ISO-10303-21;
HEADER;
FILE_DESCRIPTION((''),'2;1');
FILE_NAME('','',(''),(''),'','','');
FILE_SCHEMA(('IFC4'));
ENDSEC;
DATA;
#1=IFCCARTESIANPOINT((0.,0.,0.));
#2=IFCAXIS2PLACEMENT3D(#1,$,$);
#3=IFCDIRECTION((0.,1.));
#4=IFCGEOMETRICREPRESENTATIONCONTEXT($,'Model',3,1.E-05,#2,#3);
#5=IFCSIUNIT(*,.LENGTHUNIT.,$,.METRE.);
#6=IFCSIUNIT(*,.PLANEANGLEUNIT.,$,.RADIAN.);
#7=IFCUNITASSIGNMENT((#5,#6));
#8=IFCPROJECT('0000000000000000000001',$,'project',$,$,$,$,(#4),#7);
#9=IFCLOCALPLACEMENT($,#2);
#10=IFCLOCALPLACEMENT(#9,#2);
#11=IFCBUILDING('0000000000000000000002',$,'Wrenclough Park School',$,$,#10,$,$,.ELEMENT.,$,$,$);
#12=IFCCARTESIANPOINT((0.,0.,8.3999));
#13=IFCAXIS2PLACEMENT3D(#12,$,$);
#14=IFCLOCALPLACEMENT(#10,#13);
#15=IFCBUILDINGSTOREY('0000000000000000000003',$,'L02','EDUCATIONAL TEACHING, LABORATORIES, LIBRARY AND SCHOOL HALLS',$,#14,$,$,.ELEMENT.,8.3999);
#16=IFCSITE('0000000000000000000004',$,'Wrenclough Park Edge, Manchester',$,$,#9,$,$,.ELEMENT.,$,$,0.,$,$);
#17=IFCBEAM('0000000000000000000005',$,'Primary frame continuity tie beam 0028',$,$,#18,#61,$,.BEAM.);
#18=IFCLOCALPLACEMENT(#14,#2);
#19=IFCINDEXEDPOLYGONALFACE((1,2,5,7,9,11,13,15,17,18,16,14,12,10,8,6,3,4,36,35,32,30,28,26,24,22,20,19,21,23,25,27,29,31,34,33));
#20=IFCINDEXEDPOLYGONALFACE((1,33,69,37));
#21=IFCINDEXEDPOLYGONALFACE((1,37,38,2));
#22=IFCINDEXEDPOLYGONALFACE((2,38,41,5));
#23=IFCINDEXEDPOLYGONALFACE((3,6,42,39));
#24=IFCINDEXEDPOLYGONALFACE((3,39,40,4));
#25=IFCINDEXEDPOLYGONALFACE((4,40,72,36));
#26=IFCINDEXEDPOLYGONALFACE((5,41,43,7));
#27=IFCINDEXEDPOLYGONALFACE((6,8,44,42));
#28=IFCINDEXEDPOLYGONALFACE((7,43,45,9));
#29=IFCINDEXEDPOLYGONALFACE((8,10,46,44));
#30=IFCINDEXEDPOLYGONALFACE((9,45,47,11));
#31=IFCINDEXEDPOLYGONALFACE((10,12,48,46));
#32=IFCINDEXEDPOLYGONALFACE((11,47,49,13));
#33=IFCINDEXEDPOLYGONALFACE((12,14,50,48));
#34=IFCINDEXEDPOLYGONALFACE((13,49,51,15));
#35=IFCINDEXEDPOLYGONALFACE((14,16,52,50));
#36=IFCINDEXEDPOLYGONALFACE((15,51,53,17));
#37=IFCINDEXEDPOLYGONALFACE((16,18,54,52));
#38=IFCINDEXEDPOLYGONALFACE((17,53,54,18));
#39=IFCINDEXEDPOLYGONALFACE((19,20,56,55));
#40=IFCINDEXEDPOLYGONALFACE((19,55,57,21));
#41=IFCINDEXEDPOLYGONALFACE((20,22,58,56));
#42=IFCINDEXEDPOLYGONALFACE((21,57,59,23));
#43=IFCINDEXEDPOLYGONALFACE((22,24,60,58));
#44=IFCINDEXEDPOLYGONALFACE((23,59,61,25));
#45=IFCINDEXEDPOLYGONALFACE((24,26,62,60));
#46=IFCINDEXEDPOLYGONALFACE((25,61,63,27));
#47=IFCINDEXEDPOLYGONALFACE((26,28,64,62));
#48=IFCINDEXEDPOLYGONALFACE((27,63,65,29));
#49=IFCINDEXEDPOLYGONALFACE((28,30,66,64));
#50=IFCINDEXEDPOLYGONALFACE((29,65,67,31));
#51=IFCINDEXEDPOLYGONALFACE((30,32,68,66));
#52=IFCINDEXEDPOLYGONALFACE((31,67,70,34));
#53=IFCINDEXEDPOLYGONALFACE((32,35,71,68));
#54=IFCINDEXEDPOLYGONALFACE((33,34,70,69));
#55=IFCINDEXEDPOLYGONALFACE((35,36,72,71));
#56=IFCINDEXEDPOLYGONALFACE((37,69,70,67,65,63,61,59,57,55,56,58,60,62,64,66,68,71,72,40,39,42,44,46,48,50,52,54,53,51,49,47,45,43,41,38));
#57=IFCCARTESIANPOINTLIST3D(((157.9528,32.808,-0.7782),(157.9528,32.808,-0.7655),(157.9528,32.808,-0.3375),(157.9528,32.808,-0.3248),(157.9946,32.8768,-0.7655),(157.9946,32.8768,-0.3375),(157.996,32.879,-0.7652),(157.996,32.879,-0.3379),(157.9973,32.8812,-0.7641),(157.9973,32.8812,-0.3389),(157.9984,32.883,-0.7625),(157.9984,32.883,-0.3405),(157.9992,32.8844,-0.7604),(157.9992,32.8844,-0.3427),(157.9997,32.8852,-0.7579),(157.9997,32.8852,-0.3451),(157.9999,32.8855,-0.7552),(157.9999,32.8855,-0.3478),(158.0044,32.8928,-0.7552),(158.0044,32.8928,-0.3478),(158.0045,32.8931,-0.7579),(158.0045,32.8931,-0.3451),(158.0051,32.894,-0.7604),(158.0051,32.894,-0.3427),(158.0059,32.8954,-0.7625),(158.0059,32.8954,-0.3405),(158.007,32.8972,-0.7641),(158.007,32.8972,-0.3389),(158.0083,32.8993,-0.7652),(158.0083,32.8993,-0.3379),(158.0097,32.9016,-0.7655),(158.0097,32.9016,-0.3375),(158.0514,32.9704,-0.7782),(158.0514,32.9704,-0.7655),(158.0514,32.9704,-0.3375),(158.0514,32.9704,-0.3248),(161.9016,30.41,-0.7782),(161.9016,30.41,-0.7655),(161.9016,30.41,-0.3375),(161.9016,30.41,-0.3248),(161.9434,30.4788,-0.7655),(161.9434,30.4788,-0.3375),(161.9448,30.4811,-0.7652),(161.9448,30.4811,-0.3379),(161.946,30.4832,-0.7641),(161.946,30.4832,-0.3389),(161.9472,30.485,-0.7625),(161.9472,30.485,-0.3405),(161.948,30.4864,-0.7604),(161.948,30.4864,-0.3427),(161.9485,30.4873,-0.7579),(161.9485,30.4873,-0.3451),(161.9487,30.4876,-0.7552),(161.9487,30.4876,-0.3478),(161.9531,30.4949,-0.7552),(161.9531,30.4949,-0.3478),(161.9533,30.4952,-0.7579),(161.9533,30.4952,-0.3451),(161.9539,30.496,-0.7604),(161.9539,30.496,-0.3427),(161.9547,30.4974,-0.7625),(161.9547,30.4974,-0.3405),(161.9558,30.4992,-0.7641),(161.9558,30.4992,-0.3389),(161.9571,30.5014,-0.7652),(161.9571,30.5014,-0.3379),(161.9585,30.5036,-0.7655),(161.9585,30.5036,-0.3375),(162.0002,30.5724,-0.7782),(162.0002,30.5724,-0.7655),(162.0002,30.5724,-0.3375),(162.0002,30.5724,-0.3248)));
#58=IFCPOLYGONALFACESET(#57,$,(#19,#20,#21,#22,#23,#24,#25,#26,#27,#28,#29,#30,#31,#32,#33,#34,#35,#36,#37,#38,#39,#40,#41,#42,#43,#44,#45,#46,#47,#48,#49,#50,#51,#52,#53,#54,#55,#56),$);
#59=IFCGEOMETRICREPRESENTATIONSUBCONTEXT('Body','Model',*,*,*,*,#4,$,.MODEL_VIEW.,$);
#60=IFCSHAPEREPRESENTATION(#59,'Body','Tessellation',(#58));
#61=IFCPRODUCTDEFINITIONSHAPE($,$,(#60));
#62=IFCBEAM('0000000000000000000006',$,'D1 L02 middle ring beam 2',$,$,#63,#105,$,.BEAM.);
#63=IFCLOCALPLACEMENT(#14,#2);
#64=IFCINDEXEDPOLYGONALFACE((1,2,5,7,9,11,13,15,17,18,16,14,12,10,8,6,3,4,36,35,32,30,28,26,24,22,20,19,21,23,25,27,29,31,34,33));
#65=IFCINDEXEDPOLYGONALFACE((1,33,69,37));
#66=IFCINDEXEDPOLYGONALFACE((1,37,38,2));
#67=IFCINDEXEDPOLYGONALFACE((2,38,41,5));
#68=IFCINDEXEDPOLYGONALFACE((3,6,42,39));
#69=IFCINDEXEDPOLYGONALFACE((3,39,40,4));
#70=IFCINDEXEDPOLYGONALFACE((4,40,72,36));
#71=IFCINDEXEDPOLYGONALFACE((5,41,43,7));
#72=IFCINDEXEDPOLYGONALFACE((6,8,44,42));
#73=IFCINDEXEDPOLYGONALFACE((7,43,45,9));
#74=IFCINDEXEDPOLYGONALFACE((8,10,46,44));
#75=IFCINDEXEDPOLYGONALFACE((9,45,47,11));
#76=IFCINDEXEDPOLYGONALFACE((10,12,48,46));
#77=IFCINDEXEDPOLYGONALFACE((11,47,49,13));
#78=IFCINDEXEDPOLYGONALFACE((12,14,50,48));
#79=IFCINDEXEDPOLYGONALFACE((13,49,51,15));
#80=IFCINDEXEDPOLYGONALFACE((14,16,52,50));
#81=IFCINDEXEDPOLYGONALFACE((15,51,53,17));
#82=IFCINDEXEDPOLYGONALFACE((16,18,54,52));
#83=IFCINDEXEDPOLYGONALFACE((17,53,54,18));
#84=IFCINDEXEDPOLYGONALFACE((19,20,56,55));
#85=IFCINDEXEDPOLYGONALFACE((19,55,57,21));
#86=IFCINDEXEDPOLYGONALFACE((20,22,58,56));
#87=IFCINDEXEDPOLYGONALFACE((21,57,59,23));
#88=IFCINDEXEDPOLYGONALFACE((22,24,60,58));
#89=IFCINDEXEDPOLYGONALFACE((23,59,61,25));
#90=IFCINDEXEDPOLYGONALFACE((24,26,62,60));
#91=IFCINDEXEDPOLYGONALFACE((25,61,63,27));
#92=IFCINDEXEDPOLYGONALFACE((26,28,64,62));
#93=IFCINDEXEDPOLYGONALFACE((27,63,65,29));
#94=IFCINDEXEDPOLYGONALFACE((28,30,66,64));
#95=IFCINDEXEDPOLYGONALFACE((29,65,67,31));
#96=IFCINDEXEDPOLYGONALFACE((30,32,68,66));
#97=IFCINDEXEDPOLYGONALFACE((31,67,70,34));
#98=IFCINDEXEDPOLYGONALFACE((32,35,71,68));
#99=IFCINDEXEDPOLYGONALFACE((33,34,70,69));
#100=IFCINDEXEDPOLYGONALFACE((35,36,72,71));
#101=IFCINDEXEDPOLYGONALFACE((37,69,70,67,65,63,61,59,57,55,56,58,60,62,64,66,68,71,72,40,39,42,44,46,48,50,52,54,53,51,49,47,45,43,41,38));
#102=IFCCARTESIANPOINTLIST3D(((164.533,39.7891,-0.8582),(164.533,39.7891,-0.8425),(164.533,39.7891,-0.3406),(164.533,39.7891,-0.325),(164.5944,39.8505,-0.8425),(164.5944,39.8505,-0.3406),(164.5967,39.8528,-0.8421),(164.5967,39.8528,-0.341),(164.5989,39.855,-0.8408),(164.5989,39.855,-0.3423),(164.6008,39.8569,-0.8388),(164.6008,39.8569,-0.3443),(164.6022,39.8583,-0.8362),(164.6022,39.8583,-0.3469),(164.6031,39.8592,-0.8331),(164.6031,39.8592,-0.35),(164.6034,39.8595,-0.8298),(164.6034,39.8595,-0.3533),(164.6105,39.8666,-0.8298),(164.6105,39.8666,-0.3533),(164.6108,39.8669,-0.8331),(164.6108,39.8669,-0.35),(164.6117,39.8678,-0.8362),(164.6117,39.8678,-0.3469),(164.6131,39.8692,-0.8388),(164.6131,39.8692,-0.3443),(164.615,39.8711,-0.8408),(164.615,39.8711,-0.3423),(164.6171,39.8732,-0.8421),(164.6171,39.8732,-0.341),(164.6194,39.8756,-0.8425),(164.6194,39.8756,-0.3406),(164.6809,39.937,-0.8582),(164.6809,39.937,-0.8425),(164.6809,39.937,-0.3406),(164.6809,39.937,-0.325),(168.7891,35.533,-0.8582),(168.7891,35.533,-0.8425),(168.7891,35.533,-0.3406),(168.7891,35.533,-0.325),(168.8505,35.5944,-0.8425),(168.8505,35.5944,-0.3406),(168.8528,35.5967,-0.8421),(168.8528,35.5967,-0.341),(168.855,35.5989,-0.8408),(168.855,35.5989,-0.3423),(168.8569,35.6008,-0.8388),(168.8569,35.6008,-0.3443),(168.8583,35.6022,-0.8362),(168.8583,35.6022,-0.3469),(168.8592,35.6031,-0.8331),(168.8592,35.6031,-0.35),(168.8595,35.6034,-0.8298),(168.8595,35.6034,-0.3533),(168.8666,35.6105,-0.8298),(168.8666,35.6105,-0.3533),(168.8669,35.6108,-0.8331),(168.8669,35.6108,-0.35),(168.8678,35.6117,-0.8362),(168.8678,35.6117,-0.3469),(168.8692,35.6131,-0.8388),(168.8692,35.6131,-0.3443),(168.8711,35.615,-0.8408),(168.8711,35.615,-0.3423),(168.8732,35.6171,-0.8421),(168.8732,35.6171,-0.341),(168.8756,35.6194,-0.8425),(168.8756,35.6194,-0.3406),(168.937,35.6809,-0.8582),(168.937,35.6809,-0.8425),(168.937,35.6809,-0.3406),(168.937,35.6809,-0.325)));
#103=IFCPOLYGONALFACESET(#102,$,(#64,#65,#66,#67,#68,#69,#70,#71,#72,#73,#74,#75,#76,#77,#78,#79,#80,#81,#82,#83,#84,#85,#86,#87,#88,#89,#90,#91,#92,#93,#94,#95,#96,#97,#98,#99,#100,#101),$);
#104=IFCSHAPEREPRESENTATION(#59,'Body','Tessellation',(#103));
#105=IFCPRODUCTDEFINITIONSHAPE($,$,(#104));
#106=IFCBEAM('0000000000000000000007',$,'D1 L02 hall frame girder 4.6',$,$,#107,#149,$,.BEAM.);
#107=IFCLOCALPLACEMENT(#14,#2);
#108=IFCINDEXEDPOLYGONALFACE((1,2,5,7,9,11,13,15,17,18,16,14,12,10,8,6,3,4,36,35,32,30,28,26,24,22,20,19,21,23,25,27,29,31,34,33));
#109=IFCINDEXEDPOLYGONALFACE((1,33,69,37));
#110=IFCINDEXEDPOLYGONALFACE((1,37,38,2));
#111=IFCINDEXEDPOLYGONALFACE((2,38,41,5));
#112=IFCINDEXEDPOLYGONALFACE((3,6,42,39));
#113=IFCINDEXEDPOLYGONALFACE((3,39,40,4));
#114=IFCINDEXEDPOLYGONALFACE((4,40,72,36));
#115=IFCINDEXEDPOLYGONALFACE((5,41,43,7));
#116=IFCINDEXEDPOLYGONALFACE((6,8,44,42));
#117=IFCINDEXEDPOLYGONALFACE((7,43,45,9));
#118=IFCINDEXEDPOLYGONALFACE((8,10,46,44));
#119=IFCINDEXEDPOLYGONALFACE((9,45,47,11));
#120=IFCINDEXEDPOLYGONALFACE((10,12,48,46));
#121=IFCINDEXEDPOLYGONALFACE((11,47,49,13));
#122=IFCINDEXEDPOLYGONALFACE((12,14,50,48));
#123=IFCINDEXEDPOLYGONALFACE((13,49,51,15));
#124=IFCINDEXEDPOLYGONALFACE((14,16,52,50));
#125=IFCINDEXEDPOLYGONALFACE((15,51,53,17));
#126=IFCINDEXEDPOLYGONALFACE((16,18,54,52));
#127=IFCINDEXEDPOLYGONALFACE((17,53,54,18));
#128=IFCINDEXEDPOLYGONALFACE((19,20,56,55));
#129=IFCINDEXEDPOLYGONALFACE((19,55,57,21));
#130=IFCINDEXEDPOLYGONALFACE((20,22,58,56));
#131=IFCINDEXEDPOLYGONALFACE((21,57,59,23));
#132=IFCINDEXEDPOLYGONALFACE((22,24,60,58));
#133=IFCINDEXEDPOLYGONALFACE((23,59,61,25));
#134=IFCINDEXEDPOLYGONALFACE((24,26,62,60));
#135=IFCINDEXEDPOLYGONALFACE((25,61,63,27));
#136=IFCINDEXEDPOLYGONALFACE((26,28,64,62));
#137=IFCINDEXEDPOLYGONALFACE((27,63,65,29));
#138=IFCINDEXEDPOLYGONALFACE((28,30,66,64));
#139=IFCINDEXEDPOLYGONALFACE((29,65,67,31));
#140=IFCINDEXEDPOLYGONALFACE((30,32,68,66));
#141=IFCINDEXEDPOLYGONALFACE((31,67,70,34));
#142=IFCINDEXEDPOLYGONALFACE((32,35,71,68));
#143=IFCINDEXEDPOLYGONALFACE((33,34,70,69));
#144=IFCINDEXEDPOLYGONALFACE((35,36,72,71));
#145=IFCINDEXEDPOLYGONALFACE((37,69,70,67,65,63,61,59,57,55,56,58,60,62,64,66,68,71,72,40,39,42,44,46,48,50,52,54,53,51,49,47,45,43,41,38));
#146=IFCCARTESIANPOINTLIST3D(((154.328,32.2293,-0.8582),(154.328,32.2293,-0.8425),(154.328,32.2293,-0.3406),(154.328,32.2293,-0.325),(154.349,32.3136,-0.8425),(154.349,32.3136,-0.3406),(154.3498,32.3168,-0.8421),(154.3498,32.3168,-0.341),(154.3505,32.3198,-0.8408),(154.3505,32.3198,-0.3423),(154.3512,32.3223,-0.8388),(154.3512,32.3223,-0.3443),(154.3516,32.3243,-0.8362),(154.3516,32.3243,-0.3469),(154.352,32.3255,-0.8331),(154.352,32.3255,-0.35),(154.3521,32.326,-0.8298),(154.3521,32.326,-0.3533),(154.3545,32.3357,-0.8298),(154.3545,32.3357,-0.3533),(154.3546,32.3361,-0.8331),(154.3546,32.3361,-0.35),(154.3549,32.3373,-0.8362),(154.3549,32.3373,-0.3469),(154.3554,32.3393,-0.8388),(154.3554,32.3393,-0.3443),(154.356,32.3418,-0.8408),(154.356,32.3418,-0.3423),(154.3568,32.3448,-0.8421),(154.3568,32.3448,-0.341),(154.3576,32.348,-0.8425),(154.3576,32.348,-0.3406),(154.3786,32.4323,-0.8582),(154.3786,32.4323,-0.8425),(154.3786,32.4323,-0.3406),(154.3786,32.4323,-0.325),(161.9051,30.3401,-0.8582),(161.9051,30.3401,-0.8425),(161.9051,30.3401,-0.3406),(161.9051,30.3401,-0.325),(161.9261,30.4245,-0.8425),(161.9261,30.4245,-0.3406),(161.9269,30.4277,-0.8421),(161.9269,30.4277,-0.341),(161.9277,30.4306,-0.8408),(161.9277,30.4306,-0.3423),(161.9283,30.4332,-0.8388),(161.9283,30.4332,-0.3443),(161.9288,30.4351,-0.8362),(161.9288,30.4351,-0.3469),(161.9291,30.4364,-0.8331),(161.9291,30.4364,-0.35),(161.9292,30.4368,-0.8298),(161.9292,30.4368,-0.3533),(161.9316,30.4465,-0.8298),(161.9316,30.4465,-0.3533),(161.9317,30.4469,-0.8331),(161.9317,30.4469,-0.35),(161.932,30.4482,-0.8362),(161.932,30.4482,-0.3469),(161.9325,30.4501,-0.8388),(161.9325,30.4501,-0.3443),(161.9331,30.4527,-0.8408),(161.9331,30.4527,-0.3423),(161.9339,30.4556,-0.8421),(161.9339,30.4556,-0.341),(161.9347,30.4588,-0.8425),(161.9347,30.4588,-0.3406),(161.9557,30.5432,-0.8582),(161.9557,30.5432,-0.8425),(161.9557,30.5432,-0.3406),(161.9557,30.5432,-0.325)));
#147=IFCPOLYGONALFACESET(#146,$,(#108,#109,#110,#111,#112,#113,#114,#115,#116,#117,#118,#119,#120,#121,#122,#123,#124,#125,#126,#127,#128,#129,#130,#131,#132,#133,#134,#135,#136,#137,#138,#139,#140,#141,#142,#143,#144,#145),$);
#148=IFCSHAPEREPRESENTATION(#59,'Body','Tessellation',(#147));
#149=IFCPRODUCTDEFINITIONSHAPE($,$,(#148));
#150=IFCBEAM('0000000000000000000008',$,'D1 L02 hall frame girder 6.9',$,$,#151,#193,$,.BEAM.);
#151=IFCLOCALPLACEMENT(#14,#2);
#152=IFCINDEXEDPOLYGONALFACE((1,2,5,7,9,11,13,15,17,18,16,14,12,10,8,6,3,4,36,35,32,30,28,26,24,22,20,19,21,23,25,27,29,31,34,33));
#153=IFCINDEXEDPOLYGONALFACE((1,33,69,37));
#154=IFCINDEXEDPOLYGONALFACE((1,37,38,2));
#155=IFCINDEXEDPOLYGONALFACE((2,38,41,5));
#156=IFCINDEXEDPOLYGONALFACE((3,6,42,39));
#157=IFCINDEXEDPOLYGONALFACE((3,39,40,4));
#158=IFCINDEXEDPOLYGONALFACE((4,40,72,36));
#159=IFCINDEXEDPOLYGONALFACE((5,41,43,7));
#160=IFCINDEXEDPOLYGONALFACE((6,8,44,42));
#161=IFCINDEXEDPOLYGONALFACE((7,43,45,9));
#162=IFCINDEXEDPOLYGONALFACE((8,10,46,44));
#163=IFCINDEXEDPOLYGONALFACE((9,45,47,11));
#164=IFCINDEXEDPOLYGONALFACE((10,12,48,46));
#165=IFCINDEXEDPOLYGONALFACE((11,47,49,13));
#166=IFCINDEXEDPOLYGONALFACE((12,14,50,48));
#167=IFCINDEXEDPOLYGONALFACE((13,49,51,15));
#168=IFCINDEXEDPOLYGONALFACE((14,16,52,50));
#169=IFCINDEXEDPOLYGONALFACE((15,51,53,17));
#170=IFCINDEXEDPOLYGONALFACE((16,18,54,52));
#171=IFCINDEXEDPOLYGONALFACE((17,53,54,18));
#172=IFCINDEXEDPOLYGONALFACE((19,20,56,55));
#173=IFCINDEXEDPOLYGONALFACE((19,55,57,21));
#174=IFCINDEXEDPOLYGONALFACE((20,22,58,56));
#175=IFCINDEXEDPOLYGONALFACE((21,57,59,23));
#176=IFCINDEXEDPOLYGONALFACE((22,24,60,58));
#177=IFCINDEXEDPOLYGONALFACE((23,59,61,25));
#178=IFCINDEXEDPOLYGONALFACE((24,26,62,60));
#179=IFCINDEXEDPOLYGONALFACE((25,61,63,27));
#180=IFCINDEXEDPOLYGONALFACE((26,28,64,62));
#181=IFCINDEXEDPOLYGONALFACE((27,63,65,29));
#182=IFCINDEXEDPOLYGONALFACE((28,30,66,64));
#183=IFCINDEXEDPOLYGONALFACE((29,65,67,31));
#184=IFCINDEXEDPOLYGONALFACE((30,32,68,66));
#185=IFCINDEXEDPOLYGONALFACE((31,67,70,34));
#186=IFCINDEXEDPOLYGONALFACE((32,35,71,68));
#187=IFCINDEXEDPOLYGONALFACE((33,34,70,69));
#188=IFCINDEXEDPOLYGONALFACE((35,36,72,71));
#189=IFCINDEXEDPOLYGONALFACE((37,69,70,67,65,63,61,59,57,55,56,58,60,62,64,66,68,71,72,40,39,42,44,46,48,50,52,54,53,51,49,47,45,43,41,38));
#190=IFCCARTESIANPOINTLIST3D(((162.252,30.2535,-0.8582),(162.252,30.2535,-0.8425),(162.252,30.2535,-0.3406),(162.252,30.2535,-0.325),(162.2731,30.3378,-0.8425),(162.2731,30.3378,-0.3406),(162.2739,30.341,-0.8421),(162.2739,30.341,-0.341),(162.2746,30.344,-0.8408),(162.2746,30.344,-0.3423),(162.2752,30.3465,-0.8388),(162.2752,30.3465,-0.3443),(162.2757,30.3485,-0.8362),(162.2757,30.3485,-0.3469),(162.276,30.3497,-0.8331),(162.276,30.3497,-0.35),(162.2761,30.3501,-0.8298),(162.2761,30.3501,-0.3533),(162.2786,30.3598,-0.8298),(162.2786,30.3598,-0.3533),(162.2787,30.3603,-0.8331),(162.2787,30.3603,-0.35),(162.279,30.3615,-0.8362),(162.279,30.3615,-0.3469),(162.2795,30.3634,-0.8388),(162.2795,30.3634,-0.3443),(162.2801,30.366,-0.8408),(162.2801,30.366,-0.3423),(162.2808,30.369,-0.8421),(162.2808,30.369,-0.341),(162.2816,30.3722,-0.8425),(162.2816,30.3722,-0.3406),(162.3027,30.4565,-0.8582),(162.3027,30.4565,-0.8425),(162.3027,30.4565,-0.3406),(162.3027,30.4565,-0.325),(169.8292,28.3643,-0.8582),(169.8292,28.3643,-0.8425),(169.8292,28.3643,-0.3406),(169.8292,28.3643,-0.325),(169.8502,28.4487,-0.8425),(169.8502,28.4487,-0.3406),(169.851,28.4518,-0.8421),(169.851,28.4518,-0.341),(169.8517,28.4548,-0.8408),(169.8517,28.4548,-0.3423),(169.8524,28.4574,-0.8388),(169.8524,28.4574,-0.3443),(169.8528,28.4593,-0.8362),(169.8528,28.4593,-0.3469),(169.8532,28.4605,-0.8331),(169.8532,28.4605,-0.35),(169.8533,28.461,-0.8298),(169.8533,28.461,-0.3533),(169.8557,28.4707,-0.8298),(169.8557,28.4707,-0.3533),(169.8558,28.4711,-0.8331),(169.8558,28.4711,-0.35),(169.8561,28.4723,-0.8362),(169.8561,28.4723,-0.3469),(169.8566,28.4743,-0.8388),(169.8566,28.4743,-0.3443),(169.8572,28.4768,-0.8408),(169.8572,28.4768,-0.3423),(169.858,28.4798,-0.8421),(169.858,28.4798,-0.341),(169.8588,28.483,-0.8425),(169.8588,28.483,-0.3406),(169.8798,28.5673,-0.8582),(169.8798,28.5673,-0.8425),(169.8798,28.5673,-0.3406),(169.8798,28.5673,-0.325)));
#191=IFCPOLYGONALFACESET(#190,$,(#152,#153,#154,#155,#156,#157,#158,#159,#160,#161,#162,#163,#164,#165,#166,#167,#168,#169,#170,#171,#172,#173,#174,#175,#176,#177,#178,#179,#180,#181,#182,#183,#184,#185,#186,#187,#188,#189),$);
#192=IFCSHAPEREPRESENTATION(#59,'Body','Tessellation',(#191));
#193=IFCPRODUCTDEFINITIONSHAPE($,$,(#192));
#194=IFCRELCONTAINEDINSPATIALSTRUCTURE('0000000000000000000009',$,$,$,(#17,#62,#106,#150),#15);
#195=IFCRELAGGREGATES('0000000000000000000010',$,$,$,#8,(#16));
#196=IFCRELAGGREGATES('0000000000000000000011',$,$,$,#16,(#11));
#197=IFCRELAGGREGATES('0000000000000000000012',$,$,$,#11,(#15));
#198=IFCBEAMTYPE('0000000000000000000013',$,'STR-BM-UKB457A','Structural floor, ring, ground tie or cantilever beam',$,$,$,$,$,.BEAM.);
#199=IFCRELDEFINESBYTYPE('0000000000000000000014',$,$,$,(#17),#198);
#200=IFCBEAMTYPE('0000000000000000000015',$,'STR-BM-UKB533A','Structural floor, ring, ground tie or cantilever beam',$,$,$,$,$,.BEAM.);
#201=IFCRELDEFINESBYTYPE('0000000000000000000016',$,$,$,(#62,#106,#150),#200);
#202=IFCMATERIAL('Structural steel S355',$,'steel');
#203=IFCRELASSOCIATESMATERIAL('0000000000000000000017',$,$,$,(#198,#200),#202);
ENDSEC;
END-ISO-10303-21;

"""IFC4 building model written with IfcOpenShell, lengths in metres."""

from ifc_helpers import new_model, si_unit, direction, frame, origin, origin_2d, place, context, subcontext, project, spatial, i_section, extrude, material, material_profile, profile_set, type_object, element, save


model = new_model("IFC4")

# Units and contexts
model_context = context("Model", 3, precision=1e-05, world=origin(), true_north=direction((0.0, 1.0)))
body_context = subcontext(model_context, "Body", "Model", "MODEL_VIEW")
ifc_project = project(units=[si_unit("LENGTHUNIT", "METRE"), si_unit("PLANEANGLEUNIT", "RADIAN")], contexts=[model_context])

# Site, building, storey
site_placement = place(None, origin())
site = spatial("IfcSite", under=ifc_project, at=site_placement, Name="Wrenclough Park Edge, Manchester", CompositionType="ELEMENT", RefElevation=0.0)
building_placement = place(site_placement, origin())
building = spatial("IfcBuilding", under=site, at=building_placement, Name="Wrenclough Park School", CompositionType="ELEMENT")
storey_placement = place(building_placement, frame((0.0, 0.0, 8.3999)))
storey = spatial("IfcBuildingStorey", under=building, at=storey_placement, Name="L02", Description="EDUCATIONAL TEACHING, LABORATORIES, LIBRARY AND SCHOOL HALLS", CompositionType="ELEMENT", Elevation=8.3999)

# Shared definitions
ifc_material_1 = material(Name="Structural steel S355", Category="steel")

# Beams
ifc_material_profile_1 = material_profile(ifc_material_1, i_section(OverallWidth=0.1899, OverallDepth=0.4534, WebThickness=0.0085, FlangeThickness=0.0127, FilletRadius=0.0103, at=origin_2d()), Name="UKB 457x191x67")
ifc_profile_set_1 = profile_set([ifc_material_profile_1], Name="Structural steel S355")
beam_type_1 = type_object("IfcBeamType", Name="STR-BM-UKB457A", Description="Structural floor, ring, ground tie or cantilever beam", PredefinedType="BEAM", material=ifc_profile_set_1)
beam_1_placement = place(storey_placement, frame((161.9509, 30.4912, -0.5515), z_axis=(-0.854739, 0.519058, 0.0), x_axis=(-0.519058, -0.854739, 0.0)))
element("IfcBeam", 1, at=beam_1_placement, inside=storey, type_object=beam_type_1, Name="Primary frame continuity tie beam 0028", PredefinedType="BEAM", context=body_context, shape_type="SweptSolid", body=[
    extrude(i_section(OverallWidth=0.1899, OverallDepth=0.4534, WebThickness=0.0085, FlangeThickness=0.0127, FilletRadius=0.0103, at=origin_2d()), origin(), (0.0, 0.0, 1.0), 4.6199),
])
ifc_material_profile_2 = material_profile(ifc_material_1, i_section(OverallWidth=0.2092, OverallDepth=0.5332, WebThickness=0.01, FlangeThickness=0.0156, FilletRadius=0.0127, at=origin_2d()), Name="UKB 533x210x92")
ifc_profile_set_2 = profile_set([ifc_material_profile_2], Name="Structural steel S355")
beam_type_2 = type_object("IfcBeamType", Name="STR-BM-UKB533A", Description="Structural floor, ring, ground tie or cantilever beam", PredefinedType="BEAM", material=ifc_profile_set_2)
beam_2_placement = place(storey_placement, frame((168.863, 35.6069, -0.5916), z_axis=(-0.707107, 0.707107, 0.0), x_axis=(-0.707107, -0.707107, 0.0)))
element("IfcBeam", 2, at=beam_2_placement, inside=storey, type_object=beam_type_2, Name="D1 L02 middle ring beam 2", PredefinedType="BEAM", context=body_context, shape_type="SweptSolid", body=[
    extrude(i_section(OverallWidth=0.2092, OverallDepth=0.5332, WebThickness=0.01, FlangeThickness=0.0156, FilletRadius=0.0127, at=origin_2d()), origin(), (0.0, 0.0, 1.0), 6.019),
])
for number, where, z_axis, x_axis, name in (
    (3, (154.3533, 32.3308, -0.5916), (0.970297, -0.241918, 0.0), (0.241918, 0.970297, 0.0), "D1 L02 hall frame girder 4.6"),
    (4, (162.2773, 30.355, -0.5916), (0.970297, -0.241918, 0.0), (0.241918, 0.970297, 0.0), "D1 L02 hall frame girder 6.9"),
):
    element("IfcBeam", number, at=place(storey_placement, frame(where, z_axis=z_axis, x_axis=x_axis)), inside=storey, type_object=beam_type_2, Name=name, PredefinedType="BEAM", context=body_context, shape_type="SweptSolid", body=[
        extrude(i_section(OverallWidth=0.2092, OverallDepth=0.5332, WebThickness=0.01, FlangeThickness=0.0156, FilletRadius=0.0127, at=origin_2d()), origin(), (0.0, 0.0, 1.0), 7.8091),
    ])

save(model, "model.ifc")
